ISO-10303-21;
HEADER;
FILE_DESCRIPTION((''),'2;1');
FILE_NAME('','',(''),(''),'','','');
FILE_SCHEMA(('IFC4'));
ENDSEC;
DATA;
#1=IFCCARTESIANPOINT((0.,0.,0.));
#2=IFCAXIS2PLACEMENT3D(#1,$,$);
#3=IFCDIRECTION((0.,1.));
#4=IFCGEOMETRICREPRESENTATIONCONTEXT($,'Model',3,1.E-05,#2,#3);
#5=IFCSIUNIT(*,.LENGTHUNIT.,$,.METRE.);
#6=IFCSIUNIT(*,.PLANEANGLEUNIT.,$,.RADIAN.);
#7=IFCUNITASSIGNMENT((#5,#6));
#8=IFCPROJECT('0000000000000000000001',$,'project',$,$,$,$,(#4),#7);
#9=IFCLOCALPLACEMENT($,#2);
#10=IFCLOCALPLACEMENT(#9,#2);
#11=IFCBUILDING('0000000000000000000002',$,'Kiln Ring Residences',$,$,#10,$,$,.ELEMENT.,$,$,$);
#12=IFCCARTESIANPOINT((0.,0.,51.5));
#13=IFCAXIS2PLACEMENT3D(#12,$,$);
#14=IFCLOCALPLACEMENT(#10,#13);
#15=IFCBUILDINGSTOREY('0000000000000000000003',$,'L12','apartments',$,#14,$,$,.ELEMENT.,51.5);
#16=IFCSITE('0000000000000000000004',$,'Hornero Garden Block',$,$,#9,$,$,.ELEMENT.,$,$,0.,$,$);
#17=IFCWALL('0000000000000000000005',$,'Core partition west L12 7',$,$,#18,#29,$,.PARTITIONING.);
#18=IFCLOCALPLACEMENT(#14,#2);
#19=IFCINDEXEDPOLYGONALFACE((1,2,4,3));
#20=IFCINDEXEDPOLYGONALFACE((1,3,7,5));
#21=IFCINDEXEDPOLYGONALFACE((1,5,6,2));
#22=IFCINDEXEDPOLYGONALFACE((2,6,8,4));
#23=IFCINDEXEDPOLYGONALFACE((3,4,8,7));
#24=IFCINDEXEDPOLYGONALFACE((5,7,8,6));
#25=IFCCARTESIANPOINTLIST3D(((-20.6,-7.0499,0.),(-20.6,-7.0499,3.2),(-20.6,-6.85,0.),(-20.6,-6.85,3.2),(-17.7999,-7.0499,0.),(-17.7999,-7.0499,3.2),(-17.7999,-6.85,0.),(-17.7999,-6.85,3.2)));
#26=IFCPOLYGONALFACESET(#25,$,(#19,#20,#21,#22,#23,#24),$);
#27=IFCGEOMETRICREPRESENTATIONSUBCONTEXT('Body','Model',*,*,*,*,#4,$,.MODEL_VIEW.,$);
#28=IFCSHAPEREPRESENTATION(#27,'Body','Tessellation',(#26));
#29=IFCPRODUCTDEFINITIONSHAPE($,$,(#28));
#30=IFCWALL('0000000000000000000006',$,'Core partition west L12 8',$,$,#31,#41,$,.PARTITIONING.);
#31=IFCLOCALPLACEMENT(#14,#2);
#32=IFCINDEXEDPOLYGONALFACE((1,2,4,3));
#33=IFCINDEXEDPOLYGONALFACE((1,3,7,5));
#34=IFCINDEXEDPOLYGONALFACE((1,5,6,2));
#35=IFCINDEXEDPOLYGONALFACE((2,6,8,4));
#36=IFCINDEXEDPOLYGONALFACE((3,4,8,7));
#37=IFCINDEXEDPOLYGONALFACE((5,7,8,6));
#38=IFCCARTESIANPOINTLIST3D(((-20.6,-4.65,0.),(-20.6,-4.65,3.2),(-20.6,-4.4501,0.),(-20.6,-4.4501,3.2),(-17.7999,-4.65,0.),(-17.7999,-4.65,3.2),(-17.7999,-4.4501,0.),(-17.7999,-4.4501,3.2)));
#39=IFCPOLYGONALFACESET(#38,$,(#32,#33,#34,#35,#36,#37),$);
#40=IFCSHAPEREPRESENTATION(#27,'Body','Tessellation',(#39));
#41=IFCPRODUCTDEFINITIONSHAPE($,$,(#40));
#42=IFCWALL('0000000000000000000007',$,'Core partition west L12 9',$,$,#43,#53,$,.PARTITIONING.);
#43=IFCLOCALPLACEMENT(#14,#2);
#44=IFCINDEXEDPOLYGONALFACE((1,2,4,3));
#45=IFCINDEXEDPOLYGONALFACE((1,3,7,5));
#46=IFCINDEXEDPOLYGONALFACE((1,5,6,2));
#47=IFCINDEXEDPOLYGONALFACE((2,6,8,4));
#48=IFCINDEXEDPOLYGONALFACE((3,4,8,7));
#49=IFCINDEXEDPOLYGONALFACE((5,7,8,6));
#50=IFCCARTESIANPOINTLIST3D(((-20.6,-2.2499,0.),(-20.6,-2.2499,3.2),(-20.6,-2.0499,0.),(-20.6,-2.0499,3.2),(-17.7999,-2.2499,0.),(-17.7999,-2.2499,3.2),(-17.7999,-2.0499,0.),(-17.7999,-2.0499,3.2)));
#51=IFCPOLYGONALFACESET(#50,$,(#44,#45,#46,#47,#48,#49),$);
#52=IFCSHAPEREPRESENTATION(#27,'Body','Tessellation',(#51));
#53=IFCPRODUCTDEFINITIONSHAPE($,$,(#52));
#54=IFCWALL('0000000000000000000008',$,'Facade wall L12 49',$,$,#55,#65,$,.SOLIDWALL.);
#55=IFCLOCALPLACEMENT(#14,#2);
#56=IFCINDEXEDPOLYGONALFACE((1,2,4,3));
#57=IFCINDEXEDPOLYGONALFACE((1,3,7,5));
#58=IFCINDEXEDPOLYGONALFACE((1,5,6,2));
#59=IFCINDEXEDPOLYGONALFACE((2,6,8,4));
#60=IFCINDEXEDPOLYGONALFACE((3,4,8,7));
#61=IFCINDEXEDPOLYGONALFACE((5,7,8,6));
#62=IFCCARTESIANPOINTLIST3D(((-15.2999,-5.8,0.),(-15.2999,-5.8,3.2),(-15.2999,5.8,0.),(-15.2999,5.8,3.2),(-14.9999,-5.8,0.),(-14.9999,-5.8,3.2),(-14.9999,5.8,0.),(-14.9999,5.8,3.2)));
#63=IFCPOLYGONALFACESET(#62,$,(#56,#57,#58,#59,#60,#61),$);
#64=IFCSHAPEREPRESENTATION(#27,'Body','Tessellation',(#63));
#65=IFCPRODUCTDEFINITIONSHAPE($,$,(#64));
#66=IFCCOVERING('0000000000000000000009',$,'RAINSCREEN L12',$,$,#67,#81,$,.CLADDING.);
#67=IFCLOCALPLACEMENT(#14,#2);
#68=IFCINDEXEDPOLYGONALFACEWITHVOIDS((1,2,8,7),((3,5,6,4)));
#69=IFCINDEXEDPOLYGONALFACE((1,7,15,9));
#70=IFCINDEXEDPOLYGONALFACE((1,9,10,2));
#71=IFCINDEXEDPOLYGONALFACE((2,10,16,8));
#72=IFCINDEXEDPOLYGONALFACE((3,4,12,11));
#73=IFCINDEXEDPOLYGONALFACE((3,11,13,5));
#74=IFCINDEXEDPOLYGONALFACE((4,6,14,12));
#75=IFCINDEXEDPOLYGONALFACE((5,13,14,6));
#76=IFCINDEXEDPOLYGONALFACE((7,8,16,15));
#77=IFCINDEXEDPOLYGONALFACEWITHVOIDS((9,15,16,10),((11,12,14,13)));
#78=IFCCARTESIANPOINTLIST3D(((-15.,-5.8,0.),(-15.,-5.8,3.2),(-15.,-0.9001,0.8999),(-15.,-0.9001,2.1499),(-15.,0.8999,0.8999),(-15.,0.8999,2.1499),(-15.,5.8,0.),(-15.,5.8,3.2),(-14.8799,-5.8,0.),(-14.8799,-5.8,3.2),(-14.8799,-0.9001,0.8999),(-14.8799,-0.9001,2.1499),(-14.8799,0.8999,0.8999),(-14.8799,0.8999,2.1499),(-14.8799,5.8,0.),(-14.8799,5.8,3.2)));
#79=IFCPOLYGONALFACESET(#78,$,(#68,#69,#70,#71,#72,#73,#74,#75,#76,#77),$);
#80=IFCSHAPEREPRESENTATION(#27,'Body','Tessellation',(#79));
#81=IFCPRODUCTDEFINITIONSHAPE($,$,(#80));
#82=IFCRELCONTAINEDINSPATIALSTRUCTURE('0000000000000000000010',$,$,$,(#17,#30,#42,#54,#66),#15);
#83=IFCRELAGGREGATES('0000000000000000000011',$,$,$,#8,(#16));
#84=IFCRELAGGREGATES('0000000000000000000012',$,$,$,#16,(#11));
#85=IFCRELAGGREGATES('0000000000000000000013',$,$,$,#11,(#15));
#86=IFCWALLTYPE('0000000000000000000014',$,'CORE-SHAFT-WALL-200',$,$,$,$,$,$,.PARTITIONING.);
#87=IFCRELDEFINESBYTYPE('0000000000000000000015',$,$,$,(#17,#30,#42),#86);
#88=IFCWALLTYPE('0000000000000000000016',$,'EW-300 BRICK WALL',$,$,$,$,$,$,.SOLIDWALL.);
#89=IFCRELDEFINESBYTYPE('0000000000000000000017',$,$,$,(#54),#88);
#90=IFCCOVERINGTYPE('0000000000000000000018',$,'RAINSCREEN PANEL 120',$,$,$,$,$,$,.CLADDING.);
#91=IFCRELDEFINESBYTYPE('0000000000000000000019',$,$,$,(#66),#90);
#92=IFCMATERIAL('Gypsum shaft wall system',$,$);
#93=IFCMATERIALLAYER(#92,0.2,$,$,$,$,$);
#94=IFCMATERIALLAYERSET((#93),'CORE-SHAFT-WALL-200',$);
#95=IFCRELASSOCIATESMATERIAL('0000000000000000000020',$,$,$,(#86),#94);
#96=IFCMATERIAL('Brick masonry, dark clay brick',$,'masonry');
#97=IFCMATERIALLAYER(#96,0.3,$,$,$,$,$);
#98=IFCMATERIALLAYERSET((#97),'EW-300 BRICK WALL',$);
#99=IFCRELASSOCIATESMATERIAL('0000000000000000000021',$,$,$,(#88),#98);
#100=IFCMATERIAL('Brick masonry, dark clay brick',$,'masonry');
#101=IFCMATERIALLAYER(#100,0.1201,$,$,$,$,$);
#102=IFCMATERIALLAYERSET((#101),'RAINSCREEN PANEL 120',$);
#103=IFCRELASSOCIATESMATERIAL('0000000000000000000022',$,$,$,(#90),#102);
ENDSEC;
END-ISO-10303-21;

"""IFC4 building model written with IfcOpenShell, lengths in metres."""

from ifc_helpers import new_model, si_unit, direction, frame, frame_2d, origin, place, context, subcontext, project, spatial, polyline, rectangle, outline, extrude, material, layer, layer_set, type_object, element, save


model = new_model("IFC4")

# Units and contexts
model_context = context("Model", 3, precision=1e-05, world=origin(), true_north=direction((0.0, 1.0)))
body_context = subcontext(model_context, "Body", "Model", "MODEL_VIEW")
ifc_project = project(units=[si_unit("LENGTHUNIT", "METRE"), si_unit("PLANEANGLEUNIT", "RADIAN")], contexts=[model_context])

# Site, building, storey
site_placement = place(None, origin())
site = spatial("IfcSite", under=ifc_project, at=site_placement, Name="Hornero Garden Block", CompositionType="ELEMENT", RefElevation=0.0)
building_placement = place(site_placement, origin())
building = spatial("IfcBuilding", under=site, at=building_placement, Name="Kiln Ring Residences", CompositionType="ELEMENT")
storey_placement = place(building_placement, frame((0.0, 0.0, 51.5)))
storey = spatial("IfcBuildingStorey", under=building, at=storey_placement, Name="L12", Description="apartments", CompositionType="ELEMENT", Elevation=51.5)

# Walls
ifc_material_1 = material(Name="Gypsum shaft wall system")
ifc_layer_1 = layer(ifc_material_1, 0.2)
ifc_layer_set_1 = layer_set([ifc_layer_1], Name="CORE-SHAFT-WALL-200")
wall_type_1 = type_object("IfcWallType", Name="CORE-SHAFT-WALL-200", PredefinedType="PARTITIONING", material=ifc_layer_set_1)
for number, where, z_axis, x_axis, name in (
    (1, (-17.8, -6.95, 0.0), (0.0, 0.0, 1.0), (-1.0, 0.0, 0.0), "Core partition west L12 7"),
    (2, (-17.8, -4.55, 0.0), (0.0, 0.0, 1.0), (-1.0, 0.0, 0.0), "Core partition west L12 8"),
    (3, (-17.8, -2.1499, 0.0), (0.0, 0.0, 1.0), (-1.0, 0.0, 0.0), "Core partition west L12 9"),
):
    element("IfcWall", number, at=place(storey_placement, frame(where, z_axis=z_axis, x_axis=x_axis)), inside=storey, type_object=wall_type_1, Name=name, PredefinedType="PARTITIONING", context=body_context, shape_type="SweptSolid", body=[
        extrude(rectangle(XDim=2.8, YDim=0.2, at=frame_2d((1.3999, 0.0))), origin(), (0.0, 0.0, 1.0), 3.2),
    ])
ifc_material_2 = material(Name="Brick masonry, dark clay brick", Category="masonry")
ifc_layer_2 = layer(ifc_material_2, 0.3)
ifc_layer_set_2 = layer_set([ifc_layer_2], Name="EW-300 BRICK WALL")
wall_type_2 = type_object("IfcWallType", Name="EW-300 BRICK WALL", PredefinedType="SOLIDWALL", material=ifc_layer_set_2)
wall_placement = place(storey_placement, frame((-15.1499, -5.8, 0.0), z_axis=(0.0, 0.0, 1.0), x_axis=(0.0, 1.0, 0.0)))
element("IfcWall", 4, at=wall_placement, inside=storey, type_object=wall_type_2, Name="Facade wall L12 49", PredefinedType="SOLIDWALL", context=body_context, shape_type="SweptSolid", body=[
    extrude(rectangle(XDim=11.6001, YDim=0.3, at=frame_2d((5.8, 0.0))), origin(), (0.0, 0.0, 1.0), 3.2),
])

# Covering
ifc_material_3 = material(Name="Brick masonry, dark clay brick", Category="masonry")
ifc_layer_3 = layer(ifc_material_3, 0.1201)
ifc_layer_set_3 = layer_set([ifc_layer_3], Name="RAINSCREEN PANEL 120")
covering_type = type_object("IfcCoveringType", Name="RAINSCREEN PANEL 120", PredefinedType="CLADDING", material=ifc_layer_set_3)
covering_placement = place(storey_placement, frame((-14.9399, -5.8, 0.0), z_axis=(0.0, 0.0, 1.0), x_axis=(0.0, 1.0, 0.0)))
element("IfcCovering", 5, at=covering_placement, inside=storey, type_object=covering_type, Name="RAINSCREEN L12", PredefinedType="CLADDING", context=body_context, shape_type="SweptSolid", body=[
    extrude(outline(polyline([(0.0, 0.0), (11.6001, 0.0), (11.6001, 3.2), (0.0, 3.2), (0.0, 0.0)]), holes=[polyline([(4.8999, 2.1499), (4.8999, 0.8999), (6.7, 0.8999), (6.7, 2.1499), (4.8999, 2.1499)])]), frame((0.0, 0.0601, 0.0), z_axis=(0.0, -1.0, 0.0), x_axis=(1.0, 0.0, 0.0)), (0.0, 0.0, 1.0), 0.1201),
])

save(model, "model.ifc")
